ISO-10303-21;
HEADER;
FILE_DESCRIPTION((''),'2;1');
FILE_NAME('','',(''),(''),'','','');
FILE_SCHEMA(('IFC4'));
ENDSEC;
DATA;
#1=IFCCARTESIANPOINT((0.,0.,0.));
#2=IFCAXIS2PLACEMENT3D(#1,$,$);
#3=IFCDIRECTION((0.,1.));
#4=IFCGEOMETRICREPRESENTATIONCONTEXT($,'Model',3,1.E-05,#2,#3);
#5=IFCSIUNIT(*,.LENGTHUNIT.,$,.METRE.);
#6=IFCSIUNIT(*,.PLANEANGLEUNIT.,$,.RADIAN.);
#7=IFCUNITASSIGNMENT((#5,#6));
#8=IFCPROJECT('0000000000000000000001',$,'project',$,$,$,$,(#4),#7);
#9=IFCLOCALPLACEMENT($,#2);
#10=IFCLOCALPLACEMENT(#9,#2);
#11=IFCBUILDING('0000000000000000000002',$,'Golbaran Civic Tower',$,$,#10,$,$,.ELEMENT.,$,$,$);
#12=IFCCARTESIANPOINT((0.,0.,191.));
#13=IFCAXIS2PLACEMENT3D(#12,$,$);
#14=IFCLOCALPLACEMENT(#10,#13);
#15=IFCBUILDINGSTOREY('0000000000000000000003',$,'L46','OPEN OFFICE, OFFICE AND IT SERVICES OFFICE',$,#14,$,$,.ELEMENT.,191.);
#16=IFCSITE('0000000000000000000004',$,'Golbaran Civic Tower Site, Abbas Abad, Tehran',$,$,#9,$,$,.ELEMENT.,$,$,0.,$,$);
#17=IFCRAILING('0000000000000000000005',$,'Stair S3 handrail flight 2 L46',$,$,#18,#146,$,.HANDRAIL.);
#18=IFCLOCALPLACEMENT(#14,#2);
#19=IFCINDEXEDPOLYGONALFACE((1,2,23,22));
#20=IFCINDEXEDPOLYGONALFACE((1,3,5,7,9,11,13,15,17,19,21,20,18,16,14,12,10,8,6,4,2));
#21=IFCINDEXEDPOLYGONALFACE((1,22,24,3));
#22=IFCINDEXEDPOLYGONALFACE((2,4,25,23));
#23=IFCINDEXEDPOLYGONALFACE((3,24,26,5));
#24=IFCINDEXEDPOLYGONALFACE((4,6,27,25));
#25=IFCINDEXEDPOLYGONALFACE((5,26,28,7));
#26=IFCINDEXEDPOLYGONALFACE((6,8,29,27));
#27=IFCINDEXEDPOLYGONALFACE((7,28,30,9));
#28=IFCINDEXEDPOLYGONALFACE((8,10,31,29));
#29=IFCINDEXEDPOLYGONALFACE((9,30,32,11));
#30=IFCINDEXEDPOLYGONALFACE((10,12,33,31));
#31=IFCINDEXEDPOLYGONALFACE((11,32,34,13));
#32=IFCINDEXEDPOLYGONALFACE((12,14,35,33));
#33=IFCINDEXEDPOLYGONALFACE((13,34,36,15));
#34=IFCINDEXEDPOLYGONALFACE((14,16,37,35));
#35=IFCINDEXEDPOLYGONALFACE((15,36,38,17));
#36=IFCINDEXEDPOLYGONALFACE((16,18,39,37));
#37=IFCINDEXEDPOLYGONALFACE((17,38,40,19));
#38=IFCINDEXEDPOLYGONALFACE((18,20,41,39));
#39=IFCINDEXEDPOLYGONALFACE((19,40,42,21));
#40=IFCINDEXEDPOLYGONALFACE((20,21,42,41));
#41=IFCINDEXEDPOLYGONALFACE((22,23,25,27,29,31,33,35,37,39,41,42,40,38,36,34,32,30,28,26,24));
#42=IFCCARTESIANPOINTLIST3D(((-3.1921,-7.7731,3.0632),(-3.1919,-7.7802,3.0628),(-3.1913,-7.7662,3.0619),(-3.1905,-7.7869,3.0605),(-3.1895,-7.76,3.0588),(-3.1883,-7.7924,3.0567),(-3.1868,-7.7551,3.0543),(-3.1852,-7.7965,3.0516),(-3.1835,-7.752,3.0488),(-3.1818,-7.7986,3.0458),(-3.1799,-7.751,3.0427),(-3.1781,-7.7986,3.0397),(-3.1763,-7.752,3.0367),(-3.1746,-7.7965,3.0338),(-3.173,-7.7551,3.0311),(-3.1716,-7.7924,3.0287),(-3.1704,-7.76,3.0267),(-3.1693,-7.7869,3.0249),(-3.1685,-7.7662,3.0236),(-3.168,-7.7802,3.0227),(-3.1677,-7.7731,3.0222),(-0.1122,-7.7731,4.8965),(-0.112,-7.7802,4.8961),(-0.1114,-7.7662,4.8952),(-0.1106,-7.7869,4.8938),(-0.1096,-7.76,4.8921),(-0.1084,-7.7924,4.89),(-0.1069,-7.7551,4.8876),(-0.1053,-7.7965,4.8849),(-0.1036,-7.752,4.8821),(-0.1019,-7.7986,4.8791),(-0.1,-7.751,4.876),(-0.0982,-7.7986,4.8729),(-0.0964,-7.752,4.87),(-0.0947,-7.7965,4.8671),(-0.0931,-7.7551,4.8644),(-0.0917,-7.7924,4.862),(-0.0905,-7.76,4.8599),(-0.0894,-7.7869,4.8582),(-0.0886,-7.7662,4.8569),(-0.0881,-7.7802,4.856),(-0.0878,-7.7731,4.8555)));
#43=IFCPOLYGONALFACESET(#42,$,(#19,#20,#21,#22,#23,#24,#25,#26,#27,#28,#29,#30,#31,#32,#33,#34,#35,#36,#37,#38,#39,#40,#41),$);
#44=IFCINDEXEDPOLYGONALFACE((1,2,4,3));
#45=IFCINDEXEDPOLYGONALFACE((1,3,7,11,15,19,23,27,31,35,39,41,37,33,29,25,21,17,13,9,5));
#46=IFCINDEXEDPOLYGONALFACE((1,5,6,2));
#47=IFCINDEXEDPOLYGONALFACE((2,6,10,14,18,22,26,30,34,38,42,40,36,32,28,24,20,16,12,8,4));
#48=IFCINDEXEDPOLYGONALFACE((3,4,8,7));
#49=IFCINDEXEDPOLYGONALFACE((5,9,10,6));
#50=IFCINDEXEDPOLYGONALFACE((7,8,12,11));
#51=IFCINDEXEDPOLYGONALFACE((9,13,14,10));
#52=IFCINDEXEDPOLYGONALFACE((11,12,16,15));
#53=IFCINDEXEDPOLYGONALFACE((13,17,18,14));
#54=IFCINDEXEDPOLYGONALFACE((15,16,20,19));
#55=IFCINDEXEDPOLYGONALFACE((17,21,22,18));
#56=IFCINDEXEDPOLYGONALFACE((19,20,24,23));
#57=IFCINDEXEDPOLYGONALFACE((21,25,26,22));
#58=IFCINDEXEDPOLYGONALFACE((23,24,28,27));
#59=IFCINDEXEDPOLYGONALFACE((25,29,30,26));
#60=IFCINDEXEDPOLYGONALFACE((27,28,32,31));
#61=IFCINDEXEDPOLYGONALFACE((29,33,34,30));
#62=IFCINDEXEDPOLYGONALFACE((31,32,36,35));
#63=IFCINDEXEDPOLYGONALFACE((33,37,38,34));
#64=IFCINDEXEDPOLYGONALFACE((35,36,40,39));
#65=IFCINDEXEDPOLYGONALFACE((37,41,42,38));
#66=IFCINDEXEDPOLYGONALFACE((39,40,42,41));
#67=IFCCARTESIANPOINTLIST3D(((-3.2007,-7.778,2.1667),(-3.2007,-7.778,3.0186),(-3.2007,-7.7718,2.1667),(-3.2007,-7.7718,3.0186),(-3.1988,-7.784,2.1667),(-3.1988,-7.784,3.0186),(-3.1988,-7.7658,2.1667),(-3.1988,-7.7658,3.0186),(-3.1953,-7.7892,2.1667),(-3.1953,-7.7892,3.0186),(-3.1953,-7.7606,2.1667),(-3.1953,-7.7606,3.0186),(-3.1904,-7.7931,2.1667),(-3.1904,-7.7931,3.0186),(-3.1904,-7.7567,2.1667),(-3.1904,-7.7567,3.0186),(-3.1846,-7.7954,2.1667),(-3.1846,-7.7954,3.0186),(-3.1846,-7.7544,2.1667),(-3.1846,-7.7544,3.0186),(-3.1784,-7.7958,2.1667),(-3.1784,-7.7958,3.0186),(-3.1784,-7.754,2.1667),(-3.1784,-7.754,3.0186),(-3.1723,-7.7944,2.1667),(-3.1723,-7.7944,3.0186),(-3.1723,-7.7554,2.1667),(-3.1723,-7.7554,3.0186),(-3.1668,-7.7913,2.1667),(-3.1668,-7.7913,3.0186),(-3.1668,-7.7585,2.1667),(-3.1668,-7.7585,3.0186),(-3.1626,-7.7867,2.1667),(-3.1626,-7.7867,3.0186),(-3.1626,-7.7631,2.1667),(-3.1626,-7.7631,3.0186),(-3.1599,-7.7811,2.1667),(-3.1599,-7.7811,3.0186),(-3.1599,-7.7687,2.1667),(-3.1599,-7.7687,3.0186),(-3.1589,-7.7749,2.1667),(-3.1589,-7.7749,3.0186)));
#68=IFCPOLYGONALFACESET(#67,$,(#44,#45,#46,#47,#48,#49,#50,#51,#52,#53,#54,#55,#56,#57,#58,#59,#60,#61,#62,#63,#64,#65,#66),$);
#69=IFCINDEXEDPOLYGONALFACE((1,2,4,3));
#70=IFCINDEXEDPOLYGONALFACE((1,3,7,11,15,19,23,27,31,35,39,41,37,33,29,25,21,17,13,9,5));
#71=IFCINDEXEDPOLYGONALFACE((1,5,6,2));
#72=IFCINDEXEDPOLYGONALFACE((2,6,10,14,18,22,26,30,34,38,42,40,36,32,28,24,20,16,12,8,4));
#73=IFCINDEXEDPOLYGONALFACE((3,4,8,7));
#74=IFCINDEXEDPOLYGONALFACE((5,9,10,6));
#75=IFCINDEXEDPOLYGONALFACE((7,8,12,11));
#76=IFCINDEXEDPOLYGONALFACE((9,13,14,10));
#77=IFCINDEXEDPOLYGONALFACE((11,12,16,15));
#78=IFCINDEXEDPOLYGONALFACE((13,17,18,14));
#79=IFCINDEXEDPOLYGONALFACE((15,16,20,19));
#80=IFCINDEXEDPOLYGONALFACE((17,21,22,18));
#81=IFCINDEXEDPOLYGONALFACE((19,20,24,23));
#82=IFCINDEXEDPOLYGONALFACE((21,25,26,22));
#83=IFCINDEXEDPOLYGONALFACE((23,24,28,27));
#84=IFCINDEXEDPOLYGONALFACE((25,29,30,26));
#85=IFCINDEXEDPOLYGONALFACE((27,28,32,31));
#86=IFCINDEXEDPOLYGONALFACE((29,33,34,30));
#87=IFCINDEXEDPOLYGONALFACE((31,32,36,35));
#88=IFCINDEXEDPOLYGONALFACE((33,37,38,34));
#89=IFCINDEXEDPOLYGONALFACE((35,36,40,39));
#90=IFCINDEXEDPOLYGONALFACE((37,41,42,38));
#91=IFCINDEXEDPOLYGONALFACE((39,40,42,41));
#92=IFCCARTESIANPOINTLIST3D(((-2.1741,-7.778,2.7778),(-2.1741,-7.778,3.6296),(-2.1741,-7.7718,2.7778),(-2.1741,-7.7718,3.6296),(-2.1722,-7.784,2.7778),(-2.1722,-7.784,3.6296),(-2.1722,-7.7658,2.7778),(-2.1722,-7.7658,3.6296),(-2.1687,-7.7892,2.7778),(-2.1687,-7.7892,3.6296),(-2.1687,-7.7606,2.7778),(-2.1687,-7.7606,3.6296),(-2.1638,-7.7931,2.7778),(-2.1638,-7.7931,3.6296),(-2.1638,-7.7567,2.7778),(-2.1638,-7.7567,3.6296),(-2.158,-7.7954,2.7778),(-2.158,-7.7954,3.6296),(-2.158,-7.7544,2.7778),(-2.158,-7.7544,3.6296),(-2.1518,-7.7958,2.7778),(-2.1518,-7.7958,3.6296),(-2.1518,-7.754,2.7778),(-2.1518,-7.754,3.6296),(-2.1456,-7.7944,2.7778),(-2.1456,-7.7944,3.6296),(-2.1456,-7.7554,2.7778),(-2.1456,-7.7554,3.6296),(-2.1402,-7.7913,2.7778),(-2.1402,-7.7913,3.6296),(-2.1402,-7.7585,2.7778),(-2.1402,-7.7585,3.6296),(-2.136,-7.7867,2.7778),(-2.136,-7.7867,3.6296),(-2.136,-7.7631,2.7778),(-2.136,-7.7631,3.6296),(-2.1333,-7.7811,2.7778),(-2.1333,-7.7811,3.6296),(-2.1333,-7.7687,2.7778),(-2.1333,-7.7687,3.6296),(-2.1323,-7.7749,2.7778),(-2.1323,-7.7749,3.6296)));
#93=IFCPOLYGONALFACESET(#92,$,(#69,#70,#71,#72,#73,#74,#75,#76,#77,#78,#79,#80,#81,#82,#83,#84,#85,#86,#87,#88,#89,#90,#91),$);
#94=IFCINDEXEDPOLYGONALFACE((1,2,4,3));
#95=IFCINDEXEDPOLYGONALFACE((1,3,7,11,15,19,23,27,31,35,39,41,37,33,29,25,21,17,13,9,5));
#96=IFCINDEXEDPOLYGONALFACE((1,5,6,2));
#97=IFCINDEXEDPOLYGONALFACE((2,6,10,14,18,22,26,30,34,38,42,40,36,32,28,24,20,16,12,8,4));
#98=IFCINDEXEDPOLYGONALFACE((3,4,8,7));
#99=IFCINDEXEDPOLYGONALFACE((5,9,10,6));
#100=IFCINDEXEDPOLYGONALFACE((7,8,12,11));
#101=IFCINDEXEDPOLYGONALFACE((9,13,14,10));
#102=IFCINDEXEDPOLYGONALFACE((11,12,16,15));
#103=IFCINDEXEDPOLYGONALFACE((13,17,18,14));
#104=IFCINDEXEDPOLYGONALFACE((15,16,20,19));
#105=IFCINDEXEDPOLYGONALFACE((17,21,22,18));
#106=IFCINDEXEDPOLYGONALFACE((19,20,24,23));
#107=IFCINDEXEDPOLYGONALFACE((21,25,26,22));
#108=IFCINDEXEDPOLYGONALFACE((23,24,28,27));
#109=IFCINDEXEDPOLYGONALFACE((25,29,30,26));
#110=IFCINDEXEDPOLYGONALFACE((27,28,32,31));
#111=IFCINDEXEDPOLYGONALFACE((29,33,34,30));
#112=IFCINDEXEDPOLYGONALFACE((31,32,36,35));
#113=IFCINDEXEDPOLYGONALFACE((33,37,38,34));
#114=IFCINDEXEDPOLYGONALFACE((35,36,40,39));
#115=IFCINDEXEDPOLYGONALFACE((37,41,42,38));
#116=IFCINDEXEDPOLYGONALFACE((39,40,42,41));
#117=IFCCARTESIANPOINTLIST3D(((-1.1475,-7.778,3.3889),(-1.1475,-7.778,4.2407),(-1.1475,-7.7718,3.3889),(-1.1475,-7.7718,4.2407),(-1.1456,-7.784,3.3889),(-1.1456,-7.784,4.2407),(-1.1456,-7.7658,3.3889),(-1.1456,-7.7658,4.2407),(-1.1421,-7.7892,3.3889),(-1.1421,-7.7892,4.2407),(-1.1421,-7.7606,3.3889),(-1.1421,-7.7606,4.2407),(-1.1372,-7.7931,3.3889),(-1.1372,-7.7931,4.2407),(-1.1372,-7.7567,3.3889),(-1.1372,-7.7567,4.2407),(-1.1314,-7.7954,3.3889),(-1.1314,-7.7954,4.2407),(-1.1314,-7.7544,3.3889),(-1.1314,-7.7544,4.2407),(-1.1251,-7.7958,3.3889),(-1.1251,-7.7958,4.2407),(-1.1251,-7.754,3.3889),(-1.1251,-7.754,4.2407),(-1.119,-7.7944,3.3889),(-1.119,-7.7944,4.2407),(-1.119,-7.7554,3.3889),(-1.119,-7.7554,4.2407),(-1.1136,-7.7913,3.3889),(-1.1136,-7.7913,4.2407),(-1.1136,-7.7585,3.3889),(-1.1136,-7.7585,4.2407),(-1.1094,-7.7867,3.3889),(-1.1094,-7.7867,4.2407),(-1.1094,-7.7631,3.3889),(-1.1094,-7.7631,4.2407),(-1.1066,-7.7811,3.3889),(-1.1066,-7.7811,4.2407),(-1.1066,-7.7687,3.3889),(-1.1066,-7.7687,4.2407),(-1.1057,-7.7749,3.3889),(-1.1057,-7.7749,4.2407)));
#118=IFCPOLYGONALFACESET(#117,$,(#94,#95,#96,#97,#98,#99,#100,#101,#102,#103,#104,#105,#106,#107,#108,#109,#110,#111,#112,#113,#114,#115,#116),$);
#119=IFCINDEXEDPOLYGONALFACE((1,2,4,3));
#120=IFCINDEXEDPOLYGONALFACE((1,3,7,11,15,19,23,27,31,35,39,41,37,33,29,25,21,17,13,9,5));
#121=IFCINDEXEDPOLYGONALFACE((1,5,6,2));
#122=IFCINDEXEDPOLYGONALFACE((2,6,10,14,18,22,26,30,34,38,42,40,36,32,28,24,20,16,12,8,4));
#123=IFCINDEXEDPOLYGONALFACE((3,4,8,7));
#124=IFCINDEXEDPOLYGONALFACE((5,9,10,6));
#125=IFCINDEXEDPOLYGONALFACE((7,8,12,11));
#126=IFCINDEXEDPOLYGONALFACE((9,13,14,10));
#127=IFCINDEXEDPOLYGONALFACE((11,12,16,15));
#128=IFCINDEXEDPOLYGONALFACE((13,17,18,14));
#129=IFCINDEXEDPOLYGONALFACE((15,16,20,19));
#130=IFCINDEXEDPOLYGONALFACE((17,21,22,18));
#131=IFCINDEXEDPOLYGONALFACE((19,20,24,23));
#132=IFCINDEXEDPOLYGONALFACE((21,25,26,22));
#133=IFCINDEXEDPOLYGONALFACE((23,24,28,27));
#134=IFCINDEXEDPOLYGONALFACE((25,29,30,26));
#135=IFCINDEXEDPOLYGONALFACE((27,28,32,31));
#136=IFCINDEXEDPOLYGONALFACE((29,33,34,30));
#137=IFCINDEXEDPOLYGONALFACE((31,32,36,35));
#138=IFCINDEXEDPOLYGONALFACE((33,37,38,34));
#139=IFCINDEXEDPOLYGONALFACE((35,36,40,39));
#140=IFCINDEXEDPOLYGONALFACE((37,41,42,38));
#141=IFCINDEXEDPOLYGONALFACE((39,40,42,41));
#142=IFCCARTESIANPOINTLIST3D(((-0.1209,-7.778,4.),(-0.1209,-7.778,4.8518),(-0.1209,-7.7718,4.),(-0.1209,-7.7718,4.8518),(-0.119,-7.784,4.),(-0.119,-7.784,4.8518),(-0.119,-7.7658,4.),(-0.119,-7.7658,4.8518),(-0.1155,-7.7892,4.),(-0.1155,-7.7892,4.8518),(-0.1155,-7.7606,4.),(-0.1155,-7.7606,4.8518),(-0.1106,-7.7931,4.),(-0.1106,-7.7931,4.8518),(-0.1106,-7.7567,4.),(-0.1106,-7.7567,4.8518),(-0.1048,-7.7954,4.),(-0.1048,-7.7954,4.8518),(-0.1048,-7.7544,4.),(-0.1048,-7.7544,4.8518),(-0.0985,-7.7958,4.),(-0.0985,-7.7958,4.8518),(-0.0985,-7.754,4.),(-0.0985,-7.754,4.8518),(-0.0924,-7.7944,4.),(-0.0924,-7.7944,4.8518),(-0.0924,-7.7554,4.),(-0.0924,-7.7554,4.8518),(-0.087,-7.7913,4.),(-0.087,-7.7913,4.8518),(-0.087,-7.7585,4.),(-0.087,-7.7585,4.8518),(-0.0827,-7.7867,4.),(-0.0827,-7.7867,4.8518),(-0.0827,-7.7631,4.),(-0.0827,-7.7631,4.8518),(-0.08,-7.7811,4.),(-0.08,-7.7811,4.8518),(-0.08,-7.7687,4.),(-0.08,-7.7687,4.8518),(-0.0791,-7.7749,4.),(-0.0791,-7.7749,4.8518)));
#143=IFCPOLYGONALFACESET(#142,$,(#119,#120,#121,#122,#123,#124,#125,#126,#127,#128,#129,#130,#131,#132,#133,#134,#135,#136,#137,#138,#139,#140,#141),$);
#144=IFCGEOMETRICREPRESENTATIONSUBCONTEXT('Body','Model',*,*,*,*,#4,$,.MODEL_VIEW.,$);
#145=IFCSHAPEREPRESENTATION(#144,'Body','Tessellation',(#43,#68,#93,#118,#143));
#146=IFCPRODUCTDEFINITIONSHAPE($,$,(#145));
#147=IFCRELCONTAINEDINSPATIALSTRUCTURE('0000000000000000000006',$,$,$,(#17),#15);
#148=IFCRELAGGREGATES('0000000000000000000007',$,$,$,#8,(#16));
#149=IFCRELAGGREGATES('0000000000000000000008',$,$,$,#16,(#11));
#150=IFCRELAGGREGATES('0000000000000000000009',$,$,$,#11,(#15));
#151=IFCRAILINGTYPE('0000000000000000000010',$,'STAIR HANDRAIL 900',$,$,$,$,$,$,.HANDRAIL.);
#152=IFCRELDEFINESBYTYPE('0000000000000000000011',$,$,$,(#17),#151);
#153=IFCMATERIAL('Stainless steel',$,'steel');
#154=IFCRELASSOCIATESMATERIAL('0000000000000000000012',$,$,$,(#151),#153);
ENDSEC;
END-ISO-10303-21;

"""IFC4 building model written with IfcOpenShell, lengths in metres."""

from ifc_helpers import new_model, si_unit, direction, frame, origin, origin_2d, place, context, subcontext, project, spatial, circle, extrude, material, type_object, element, save


model = new_model("IFC4")

# Units and contexts
model_context = context("Model", 3, precision=1e-05, world=origin(), true_north=direction((0.0, 1.0)))
body_context = subcontext(model_context, "Body", "Model", "MODEL_VIEW")
ifc_project = project(units=[si_unit("LENGTHUNIT", "METRE"), si_unit("PLANEANGLEUNIT", "RADIAN")], contexts=[model_context])

# Site, building, storey
site_placement = place(None, origin())
site = spatial("IfcSite", under=ifc_project, at=site_placement, Name="Golbaran Civic Tower Site, Abbas Abad, Tehran", CompositionType="ELEMENT", RefElevation=0.0)
building_placement = place(site_placement, origin())
building = spatial("IfcBuilding", under=site, at=building_placement, Name="Golbaran Civic Tower", CompositionType="ELEMENT")
storey_placement = place(building_placement, frame((0.0, 0.0, 191.0)))
storey = spatial("IfcBuildingStorey", under=building, at=storey_placement, Name="L46", Description="OPEN OFFICE, OFFICE AND IT SERVICES OFFICE", CompositionType="ELEMENT", Elevation=191.0)

# Railing
ifc_material_1 = material(Name="Stainless steel", Category="steel")
railing_type = type_object("IfcRailingType", Name="STAIR HANDRAIL 900", PredefinedType="HANDRAIL", material=ifc_material_1)
railing_1_placement = place(storey_placement, frame((-3.1799, -7.7749, 2.1667)))
element("IfcRailing", 1, at=railing_1_placement, inside=storey, type_object=railing_type, Name="Stair S3 handrail flight 2 L46", PredefinedType="HANDRAIL", context=body_context, shape_type="SweptSolid", body=[
    extrude(circle(Radius=0.0239, at=origin_2d()), frame((0.0, 0.0, 0.876), z_axis=(0.859291, 0.0, 0.511487), x_axis=(0.0, 1.0, 0.0)), (0.0, 0.0, 1.0), 3.5842),
    extrude(circle(Radius=0.021, at=origin_2d()), origin(), (0.0, 0.0, 1.0), 0.8518),
    extrude(circle(Radius=0.021, at=origin_2d()), frame((1.0266, 0.0, 0.6111)), (0.0, 0.0, 1.0), 0.8518),
    extrude(circle(Radius=0.021, at=origin_2d()), frame((2.0532, 0.0, 1.2222)), (0.0, 0.0, 1.0), 0.8518),
    extrude(circle(Radius=0.021, at=origin_2d()), frame((3.0798, 0.0, 1.8333)), (0.0, 0.0, 1.0), 0.8518),
])

save(model, "model.ifc")
